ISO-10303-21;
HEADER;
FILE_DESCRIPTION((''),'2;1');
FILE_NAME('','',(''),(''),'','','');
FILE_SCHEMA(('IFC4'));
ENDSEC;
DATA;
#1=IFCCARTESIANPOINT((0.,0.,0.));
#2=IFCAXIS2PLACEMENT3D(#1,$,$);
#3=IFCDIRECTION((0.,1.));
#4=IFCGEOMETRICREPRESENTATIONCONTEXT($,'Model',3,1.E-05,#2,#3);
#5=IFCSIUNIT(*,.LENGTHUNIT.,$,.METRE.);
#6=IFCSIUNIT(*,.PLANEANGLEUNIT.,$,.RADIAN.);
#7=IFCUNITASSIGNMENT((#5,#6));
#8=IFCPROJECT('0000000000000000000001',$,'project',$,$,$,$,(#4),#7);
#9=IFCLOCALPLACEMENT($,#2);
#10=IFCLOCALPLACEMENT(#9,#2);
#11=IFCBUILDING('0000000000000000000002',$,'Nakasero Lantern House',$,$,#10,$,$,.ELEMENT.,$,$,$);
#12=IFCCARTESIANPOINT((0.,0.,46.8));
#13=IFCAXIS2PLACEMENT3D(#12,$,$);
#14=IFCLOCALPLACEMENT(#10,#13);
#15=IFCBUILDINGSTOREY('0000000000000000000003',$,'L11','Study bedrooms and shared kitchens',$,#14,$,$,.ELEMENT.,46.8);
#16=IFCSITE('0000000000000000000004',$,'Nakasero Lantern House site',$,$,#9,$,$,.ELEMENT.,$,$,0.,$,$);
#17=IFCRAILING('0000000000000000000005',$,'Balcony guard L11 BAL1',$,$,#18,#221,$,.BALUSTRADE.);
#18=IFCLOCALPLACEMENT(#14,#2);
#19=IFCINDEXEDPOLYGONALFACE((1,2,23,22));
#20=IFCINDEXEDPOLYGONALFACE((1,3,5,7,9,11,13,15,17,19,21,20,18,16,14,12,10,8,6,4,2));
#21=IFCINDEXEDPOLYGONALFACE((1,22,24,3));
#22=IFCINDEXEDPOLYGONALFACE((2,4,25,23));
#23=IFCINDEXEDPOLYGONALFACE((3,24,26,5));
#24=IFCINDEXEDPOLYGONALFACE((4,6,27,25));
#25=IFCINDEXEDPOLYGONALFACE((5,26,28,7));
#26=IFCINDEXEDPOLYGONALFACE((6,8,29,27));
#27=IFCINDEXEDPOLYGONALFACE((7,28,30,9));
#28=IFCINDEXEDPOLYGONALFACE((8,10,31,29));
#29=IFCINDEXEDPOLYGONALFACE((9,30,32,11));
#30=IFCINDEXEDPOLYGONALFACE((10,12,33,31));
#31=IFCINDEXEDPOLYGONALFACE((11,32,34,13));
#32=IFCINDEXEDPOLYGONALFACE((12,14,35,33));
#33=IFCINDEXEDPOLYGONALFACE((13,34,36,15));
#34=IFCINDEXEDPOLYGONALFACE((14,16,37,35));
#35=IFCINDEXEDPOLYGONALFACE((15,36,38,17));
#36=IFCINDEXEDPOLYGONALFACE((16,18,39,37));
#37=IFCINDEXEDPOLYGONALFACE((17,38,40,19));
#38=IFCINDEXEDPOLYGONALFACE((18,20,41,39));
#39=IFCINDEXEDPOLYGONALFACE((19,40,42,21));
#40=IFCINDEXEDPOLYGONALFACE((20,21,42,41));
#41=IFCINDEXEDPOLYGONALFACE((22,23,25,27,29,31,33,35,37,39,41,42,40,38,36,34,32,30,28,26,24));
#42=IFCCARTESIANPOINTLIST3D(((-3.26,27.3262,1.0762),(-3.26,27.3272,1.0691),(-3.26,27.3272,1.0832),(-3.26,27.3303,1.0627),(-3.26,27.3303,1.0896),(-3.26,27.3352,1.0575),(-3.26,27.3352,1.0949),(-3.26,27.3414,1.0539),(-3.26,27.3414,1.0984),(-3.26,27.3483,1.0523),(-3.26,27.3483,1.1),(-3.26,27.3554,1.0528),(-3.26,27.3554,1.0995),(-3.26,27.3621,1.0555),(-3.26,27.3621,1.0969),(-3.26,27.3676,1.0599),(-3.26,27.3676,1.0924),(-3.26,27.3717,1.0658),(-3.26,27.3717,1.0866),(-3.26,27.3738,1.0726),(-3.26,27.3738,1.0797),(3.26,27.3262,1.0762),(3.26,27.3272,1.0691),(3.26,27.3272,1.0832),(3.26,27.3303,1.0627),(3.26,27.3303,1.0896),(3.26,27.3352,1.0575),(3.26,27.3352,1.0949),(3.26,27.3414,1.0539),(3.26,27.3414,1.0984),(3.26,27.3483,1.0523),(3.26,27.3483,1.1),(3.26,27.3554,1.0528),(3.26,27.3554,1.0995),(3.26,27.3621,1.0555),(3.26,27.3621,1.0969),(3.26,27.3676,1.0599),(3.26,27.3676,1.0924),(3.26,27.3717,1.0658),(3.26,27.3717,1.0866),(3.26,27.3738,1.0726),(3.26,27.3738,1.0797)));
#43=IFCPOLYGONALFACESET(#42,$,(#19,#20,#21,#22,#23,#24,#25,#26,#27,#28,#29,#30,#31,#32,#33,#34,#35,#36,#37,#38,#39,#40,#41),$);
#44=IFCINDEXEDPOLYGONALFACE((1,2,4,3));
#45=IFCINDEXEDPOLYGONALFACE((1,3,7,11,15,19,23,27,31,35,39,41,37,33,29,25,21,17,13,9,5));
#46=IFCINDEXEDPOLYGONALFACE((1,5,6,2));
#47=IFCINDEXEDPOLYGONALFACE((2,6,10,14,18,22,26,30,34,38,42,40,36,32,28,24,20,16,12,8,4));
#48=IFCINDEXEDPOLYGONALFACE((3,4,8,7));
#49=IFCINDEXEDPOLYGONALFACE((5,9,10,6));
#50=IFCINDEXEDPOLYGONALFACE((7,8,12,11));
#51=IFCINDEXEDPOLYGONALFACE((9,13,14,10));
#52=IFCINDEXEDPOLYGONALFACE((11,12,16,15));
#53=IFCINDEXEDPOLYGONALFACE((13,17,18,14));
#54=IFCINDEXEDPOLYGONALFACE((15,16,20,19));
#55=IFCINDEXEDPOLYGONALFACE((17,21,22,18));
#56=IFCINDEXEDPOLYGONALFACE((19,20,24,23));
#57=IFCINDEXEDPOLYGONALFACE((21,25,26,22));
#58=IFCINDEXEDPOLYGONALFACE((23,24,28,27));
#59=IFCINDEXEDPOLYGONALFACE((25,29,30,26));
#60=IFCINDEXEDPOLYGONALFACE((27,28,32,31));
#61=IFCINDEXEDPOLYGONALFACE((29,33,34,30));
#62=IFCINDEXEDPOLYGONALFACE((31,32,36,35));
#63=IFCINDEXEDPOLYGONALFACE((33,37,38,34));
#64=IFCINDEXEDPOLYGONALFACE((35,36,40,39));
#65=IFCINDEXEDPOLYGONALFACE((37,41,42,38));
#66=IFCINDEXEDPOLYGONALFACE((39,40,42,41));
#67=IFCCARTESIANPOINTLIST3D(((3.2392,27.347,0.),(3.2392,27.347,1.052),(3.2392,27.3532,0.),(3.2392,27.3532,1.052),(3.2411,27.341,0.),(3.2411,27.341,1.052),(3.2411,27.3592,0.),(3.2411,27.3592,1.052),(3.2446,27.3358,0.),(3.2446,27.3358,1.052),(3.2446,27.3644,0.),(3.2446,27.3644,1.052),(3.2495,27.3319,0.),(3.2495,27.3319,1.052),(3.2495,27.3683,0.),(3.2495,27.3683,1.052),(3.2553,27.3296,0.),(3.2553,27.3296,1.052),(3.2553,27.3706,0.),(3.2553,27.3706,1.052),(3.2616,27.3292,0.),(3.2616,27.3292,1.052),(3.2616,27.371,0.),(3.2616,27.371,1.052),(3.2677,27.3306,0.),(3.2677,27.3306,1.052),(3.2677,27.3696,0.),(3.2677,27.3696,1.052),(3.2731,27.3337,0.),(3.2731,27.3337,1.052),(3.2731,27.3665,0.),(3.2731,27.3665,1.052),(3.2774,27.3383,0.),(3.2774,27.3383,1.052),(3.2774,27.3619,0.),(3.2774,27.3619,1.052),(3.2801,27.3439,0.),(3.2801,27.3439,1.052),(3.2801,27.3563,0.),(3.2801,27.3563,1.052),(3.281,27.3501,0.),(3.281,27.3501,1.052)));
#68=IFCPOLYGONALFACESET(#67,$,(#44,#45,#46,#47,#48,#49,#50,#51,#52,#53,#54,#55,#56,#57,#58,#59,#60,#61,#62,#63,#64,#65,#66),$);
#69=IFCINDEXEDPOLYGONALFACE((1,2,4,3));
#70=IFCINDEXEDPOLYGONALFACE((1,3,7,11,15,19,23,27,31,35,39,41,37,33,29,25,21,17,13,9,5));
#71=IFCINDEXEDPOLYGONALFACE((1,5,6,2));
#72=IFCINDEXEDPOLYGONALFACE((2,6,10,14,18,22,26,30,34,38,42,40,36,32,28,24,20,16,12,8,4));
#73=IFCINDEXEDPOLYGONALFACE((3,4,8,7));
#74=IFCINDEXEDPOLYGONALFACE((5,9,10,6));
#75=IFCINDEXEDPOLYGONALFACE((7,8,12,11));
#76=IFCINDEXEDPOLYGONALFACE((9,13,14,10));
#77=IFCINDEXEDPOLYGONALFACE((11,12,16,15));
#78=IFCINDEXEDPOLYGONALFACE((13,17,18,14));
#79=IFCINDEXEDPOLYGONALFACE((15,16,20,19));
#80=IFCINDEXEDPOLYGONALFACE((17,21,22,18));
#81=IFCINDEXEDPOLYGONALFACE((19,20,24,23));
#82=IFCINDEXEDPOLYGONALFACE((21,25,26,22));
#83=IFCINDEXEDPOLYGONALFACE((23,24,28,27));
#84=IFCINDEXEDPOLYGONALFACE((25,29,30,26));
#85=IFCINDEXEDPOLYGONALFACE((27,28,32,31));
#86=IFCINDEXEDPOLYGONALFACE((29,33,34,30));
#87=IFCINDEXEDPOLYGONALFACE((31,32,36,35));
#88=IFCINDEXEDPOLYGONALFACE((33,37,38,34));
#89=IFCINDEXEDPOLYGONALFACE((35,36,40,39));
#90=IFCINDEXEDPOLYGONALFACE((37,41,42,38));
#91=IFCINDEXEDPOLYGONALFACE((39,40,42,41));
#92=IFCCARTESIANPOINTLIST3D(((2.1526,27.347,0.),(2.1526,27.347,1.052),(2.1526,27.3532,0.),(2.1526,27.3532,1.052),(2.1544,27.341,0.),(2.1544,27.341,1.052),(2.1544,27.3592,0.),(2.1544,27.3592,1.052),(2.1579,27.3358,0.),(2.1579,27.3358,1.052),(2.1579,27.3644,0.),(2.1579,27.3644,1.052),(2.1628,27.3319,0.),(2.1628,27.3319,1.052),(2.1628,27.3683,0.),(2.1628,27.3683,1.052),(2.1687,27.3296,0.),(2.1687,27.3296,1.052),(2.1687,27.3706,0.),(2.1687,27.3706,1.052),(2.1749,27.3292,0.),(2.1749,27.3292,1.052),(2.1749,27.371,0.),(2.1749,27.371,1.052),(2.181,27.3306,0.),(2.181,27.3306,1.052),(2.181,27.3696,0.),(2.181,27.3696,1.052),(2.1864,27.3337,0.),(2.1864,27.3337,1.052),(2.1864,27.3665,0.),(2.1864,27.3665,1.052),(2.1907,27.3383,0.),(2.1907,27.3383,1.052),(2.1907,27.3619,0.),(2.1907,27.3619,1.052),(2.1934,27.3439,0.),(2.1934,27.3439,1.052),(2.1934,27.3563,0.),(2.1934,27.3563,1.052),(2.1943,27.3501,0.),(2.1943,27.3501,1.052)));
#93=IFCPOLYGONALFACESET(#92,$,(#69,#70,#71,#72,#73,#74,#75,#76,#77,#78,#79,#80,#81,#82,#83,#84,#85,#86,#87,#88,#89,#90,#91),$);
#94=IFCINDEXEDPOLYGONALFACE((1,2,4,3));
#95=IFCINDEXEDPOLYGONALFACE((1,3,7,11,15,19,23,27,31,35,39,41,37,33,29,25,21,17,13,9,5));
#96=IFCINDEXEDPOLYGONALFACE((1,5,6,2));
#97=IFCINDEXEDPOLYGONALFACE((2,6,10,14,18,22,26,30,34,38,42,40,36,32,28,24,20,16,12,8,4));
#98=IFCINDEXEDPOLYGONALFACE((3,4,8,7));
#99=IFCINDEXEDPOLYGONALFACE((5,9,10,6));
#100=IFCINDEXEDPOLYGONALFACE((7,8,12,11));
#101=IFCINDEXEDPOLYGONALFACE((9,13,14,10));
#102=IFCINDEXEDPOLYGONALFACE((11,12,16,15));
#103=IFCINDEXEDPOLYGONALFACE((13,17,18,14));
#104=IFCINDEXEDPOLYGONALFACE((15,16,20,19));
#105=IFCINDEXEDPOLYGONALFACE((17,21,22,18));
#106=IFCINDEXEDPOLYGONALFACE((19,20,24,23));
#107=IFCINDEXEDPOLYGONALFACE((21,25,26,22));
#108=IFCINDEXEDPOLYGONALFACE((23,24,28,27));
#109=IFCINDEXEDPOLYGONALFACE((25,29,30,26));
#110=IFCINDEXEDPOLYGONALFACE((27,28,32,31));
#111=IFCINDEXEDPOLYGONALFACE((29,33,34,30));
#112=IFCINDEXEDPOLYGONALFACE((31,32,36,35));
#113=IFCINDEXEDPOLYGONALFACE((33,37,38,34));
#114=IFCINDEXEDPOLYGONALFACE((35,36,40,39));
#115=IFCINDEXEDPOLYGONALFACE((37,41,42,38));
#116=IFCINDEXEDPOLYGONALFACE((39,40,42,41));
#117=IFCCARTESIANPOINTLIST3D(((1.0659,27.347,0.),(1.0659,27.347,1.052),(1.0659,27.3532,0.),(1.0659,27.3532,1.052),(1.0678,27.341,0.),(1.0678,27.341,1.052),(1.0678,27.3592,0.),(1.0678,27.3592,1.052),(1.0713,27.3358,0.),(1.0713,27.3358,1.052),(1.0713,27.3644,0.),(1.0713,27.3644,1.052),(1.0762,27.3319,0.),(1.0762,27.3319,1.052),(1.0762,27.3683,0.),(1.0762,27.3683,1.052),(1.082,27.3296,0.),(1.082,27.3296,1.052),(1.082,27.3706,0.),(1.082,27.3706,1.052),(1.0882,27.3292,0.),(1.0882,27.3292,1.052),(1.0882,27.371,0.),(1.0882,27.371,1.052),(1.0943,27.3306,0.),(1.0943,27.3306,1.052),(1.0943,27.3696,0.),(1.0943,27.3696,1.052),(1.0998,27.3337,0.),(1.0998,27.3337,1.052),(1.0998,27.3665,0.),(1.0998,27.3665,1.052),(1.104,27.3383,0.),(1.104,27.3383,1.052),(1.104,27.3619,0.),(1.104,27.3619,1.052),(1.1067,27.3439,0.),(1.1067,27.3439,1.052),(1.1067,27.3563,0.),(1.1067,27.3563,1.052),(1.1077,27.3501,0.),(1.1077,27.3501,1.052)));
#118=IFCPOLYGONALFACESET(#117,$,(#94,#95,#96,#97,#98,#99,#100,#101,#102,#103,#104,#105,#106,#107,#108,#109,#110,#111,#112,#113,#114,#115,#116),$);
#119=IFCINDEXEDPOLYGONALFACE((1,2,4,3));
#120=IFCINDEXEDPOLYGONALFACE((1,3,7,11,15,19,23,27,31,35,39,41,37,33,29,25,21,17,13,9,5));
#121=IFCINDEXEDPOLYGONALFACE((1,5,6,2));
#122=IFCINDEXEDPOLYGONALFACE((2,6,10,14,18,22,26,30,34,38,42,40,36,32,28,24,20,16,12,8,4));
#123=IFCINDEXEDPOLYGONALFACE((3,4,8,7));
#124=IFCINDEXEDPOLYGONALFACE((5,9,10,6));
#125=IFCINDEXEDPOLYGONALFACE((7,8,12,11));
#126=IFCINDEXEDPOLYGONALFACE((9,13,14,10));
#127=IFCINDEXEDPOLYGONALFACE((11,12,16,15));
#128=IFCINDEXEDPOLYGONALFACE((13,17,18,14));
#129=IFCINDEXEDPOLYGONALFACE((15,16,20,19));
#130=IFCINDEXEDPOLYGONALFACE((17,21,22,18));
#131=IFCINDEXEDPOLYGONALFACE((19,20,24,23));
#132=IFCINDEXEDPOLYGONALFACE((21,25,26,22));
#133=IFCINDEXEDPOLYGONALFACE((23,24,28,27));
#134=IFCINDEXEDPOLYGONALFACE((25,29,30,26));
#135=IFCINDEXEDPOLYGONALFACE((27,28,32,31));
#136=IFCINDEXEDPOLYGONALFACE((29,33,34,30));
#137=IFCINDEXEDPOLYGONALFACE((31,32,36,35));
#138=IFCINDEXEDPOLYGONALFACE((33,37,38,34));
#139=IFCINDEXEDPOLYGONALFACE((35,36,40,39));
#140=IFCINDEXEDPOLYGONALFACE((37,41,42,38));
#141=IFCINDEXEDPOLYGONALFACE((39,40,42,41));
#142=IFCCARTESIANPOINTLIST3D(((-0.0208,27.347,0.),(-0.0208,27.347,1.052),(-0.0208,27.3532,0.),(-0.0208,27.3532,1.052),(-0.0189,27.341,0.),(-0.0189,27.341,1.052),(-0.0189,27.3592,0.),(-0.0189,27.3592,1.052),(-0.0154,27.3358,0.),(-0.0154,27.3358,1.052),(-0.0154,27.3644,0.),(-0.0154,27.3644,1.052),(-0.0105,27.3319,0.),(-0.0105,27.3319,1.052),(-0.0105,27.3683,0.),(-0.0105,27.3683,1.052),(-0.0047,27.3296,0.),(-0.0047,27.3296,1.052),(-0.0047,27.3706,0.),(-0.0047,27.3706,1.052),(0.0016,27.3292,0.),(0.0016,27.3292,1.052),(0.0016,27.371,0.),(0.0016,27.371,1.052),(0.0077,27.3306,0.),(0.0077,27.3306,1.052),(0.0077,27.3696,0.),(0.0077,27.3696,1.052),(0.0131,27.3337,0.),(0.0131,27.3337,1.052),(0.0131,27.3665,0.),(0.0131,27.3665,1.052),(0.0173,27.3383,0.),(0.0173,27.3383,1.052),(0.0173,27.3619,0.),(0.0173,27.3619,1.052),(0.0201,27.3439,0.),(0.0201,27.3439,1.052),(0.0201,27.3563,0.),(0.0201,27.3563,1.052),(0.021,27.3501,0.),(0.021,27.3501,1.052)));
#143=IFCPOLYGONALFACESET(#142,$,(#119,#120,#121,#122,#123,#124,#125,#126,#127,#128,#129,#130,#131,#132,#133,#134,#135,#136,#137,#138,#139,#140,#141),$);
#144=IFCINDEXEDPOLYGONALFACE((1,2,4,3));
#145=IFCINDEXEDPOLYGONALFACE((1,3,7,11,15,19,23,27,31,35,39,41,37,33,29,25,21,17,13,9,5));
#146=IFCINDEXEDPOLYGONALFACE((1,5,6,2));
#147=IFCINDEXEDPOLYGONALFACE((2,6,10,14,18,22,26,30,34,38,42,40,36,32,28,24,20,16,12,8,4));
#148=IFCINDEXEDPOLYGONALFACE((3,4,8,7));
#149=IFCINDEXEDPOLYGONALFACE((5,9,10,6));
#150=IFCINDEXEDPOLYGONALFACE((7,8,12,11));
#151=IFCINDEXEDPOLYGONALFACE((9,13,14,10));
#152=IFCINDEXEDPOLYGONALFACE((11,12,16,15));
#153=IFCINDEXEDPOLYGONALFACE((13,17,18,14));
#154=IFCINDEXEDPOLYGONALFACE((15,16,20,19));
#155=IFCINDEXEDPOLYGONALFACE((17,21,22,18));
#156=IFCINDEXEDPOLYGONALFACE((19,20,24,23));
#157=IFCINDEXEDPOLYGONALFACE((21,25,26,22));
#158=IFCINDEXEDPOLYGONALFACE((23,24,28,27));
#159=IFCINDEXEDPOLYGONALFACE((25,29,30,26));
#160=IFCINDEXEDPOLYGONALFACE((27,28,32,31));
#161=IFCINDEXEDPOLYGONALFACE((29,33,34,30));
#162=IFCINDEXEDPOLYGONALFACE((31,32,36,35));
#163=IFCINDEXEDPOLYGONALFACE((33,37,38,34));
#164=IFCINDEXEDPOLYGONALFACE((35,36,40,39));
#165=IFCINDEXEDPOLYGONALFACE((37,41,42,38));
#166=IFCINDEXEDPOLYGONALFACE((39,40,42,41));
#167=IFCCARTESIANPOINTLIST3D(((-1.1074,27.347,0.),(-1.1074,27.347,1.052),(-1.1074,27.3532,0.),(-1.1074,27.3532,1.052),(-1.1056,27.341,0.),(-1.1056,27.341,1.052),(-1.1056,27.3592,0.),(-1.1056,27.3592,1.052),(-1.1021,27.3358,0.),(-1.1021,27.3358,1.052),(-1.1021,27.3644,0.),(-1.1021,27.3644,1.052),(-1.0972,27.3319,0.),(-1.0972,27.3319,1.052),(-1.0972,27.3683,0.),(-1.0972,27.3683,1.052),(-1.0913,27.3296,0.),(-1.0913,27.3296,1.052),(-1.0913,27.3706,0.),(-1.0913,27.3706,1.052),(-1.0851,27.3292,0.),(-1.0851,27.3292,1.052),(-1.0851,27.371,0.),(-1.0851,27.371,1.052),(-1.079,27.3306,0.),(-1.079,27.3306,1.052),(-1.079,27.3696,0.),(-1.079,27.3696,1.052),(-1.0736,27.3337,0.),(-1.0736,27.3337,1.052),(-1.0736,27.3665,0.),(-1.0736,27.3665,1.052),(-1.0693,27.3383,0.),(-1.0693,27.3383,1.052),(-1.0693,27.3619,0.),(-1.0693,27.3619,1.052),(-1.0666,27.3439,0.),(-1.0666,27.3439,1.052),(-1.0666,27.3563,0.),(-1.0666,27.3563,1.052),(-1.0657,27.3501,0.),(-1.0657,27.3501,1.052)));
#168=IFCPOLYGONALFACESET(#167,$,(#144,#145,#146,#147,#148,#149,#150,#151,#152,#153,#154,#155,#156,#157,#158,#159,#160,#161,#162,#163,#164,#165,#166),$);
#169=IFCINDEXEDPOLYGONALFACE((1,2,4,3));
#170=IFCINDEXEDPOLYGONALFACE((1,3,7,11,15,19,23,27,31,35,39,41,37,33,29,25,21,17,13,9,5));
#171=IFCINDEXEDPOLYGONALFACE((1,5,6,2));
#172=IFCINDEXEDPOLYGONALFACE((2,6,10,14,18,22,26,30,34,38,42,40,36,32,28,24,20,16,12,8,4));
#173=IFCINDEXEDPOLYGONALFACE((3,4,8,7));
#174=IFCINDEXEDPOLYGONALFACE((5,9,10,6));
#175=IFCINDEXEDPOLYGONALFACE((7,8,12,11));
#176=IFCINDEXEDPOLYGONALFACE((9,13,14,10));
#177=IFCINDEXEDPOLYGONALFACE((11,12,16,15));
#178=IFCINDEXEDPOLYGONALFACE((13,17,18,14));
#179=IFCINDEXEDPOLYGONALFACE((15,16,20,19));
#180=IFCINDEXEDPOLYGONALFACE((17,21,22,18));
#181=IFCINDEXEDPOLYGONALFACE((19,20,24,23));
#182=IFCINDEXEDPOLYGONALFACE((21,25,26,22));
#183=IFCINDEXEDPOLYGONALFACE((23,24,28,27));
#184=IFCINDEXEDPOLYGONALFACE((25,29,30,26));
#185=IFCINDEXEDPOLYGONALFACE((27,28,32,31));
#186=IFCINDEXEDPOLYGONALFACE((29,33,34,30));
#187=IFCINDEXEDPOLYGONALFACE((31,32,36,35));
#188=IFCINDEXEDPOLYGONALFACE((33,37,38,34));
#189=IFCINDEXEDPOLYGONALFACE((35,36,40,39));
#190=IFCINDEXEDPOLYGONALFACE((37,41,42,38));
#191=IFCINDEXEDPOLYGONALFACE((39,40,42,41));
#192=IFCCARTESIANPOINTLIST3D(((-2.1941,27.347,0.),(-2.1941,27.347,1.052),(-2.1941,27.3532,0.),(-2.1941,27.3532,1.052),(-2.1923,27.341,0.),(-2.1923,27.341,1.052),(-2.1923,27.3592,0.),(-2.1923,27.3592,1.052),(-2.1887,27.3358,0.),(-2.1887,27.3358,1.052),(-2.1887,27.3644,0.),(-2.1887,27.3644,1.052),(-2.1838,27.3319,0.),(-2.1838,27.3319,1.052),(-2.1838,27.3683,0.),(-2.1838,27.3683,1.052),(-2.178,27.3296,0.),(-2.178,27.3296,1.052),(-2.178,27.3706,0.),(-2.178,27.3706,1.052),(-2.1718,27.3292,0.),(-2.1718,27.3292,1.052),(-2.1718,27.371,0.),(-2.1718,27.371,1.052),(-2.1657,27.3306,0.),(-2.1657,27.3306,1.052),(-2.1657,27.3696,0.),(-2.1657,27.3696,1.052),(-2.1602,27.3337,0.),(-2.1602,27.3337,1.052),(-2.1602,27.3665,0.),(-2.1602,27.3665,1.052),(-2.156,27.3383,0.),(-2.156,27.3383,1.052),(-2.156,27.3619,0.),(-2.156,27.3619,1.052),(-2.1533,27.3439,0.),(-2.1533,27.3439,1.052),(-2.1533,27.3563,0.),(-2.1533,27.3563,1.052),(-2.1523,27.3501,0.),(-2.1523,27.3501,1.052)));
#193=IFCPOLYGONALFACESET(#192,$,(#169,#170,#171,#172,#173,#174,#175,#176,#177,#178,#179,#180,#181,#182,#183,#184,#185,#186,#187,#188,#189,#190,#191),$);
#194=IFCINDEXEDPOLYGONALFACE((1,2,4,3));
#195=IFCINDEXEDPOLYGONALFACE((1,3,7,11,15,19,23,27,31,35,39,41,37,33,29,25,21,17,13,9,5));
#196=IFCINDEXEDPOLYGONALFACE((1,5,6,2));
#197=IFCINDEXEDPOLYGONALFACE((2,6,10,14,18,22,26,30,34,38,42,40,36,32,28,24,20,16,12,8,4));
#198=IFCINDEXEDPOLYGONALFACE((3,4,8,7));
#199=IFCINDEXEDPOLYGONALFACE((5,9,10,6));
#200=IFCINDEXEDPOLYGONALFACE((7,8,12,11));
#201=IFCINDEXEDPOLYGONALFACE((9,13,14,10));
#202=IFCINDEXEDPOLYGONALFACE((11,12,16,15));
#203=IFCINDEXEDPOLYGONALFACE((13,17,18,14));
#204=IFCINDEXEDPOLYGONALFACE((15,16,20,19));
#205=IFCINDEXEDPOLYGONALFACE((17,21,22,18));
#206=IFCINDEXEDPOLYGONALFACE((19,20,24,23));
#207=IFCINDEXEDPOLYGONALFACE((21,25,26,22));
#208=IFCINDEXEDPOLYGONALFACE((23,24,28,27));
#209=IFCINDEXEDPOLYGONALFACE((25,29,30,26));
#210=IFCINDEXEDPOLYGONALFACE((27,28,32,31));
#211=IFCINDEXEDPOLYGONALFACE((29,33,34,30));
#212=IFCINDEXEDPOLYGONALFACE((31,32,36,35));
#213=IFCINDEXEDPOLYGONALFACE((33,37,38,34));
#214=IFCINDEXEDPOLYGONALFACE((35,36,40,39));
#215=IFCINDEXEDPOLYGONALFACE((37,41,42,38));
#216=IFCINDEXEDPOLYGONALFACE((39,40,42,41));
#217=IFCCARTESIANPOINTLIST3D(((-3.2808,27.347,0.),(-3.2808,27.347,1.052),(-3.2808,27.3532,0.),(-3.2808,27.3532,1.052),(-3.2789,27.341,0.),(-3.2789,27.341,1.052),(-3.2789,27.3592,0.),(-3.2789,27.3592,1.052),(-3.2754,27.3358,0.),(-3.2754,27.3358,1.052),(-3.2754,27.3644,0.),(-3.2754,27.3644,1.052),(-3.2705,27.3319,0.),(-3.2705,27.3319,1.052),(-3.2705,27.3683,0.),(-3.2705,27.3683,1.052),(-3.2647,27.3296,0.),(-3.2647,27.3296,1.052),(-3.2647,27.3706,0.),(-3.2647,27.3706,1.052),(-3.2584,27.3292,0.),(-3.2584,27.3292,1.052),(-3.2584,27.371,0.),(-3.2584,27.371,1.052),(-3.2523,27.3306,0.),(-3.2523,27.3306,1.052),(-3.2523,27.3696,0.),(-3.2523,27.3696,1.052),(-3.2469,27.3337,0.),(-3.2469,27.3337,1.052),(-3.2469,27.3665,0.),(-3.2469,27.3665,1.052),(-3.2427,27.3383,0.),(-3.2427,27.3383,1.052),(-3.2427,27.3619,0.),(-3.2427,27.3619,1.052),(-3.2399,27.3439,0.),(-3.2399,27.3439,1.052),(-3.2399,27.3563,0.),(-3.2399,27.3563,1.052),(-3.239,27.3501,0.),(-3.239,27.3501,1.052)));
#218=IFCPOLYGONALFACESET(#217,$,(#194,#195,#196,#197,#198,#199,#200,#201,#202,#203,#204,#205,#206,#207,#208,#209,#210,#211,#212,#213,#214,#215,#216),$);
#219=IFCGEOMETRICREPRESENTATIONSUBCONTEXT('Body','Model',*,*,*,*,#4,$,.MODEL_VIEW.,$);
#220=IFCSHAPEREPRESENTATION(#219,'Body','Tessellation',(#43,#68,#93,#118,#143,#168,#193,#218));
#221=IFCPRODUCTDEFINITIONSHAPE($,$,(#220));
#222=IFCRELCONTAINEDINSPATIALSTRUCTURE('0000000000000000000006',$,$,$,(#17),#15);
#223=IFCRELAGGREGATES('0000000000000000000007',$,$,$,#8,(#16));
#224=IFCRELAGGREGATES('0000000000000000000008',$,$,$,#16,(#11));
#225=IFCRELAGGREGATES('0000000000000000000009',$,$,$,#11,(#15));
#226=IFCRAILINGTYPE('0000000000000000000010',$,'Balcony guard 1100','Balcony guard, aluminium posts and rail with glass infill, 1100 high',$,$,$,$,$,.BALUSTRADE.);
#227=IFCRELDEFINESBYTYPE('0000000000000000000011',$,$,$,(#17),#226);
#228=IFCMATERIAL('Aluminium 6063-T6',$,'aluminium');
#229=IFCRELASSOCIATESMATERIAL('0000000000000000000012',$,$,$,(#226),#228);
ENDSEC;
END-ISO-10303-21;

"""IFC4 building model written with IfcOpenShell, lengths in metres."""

from ifc_helpers import new_model, si_unit, direction, frame, origin, origin_2d, place, context, subcontext, project, spatial, circle, extrude, material, type_object, element, save


model = new_model("IFC4")

# Units and contexts
model_context = context("Model", 3, precision=1e-05, world=origin(), true_north=direction((0.0, 1.0)))
body_context = subcontext(model_context, "Body", "Model", "MODEL_VIEW")
ifc_project = project(units=[si_unit("LENGTHUNIT", "METRE"), si_unit("PLANEANGLEUNIT", "RADIAN")], contexts=[model_context])

# Site, building, storey
site_placement = place(None, origin())
site = spatial("IfcSite", under=ifc_project, at=site_placement, Name="Nakasero Lantern House site", CompositionType="ELEMENT", RefElevation=0.0)
building_placement = place(site_placement, origin())
building = spatial("IfcBuilding", under=site, at=building_placement, Name="Nakasero Lantern House", CompositionType="ELEMENT")
storey_placement = place(building_placement, frame((0.0, 0.0, 46.8)))
storey = spatial("IfcBuildingStorey", under=building, at=storey_placement, Name="L11", Description="Study bedrooms and shared kitchens", CompositionType="ELEMENT", Elevation=46.8)

# Railing
ifc_material_1 = material(Name="Aluminium 6063-T6", Category="aluminium")
railing_type = type_object("IfcRailingType", Name="Balcony guard 1100", Description="Balcony guard, aluminium posts and rail with glass infill, 1100 high", PredefinedType="BALUSTRADE", material=ifc_material_1)
railing_placement = place(storey_placement, frame((3.26, 27.3501, 0.0)))
element("IfcRailing", 1, at=railing_placement, inside=storey, type_object=railing_type, Name="Balcony guard L11 BAL1", PredefinedType="BALUSTRADE", context=body_context, shape_type="SweptSolid", body=[
    extrude(circle(Radius=0.0239, at=origin_2d()), frame((0.0, 0.0, 1.0762), z_axis=(-1.0, 0.0, 0.0), x_axis=(0.0, -1.0, 0.0)), (0.0, 0.0, 1.0), 6.52),
    extrude(circle(Radius=0.021, at=origin_2d()), origin(), (0.0, 0.0, 1.0), 1.052),
    extrude(circle(Radius=0.021, at=origin_2d()), frame((-1.0867, 0.0, 0.0)), (0.0, 0.0, 1.0), 1.052),
    extrude(circle(Radius=0.021, at=origin_2d()), frame((-2.1733, 0.0, 0.0)), (0.0, 0.0, 1.0), 1.052),
    extrude(circle(Radius=0.021, at=origin_2d()), frame((-3.26, 0.0, 0.0)), (0.0, 0.0, 1.0), 1.052),
    extrude(circle(Radius=0.021, at=origin_2d()), frame((-4.3467, 0.0, 0.0)), (0.0, 0.0, 1.0), 1.052),
    extrude(circle(Radius=0.021, at=origin_2d()), frame((-5.4333, 0.0, 0.0)), (0.0, 0.0, 1.0), 1.052),
    extrude(circle(Radius=0.021, at=origin_2d()), frame((-6.52, 0.0, 0.0)), (0.0, 0.0, 1.0), 1.052),
])

save(model, "model.ifc")
